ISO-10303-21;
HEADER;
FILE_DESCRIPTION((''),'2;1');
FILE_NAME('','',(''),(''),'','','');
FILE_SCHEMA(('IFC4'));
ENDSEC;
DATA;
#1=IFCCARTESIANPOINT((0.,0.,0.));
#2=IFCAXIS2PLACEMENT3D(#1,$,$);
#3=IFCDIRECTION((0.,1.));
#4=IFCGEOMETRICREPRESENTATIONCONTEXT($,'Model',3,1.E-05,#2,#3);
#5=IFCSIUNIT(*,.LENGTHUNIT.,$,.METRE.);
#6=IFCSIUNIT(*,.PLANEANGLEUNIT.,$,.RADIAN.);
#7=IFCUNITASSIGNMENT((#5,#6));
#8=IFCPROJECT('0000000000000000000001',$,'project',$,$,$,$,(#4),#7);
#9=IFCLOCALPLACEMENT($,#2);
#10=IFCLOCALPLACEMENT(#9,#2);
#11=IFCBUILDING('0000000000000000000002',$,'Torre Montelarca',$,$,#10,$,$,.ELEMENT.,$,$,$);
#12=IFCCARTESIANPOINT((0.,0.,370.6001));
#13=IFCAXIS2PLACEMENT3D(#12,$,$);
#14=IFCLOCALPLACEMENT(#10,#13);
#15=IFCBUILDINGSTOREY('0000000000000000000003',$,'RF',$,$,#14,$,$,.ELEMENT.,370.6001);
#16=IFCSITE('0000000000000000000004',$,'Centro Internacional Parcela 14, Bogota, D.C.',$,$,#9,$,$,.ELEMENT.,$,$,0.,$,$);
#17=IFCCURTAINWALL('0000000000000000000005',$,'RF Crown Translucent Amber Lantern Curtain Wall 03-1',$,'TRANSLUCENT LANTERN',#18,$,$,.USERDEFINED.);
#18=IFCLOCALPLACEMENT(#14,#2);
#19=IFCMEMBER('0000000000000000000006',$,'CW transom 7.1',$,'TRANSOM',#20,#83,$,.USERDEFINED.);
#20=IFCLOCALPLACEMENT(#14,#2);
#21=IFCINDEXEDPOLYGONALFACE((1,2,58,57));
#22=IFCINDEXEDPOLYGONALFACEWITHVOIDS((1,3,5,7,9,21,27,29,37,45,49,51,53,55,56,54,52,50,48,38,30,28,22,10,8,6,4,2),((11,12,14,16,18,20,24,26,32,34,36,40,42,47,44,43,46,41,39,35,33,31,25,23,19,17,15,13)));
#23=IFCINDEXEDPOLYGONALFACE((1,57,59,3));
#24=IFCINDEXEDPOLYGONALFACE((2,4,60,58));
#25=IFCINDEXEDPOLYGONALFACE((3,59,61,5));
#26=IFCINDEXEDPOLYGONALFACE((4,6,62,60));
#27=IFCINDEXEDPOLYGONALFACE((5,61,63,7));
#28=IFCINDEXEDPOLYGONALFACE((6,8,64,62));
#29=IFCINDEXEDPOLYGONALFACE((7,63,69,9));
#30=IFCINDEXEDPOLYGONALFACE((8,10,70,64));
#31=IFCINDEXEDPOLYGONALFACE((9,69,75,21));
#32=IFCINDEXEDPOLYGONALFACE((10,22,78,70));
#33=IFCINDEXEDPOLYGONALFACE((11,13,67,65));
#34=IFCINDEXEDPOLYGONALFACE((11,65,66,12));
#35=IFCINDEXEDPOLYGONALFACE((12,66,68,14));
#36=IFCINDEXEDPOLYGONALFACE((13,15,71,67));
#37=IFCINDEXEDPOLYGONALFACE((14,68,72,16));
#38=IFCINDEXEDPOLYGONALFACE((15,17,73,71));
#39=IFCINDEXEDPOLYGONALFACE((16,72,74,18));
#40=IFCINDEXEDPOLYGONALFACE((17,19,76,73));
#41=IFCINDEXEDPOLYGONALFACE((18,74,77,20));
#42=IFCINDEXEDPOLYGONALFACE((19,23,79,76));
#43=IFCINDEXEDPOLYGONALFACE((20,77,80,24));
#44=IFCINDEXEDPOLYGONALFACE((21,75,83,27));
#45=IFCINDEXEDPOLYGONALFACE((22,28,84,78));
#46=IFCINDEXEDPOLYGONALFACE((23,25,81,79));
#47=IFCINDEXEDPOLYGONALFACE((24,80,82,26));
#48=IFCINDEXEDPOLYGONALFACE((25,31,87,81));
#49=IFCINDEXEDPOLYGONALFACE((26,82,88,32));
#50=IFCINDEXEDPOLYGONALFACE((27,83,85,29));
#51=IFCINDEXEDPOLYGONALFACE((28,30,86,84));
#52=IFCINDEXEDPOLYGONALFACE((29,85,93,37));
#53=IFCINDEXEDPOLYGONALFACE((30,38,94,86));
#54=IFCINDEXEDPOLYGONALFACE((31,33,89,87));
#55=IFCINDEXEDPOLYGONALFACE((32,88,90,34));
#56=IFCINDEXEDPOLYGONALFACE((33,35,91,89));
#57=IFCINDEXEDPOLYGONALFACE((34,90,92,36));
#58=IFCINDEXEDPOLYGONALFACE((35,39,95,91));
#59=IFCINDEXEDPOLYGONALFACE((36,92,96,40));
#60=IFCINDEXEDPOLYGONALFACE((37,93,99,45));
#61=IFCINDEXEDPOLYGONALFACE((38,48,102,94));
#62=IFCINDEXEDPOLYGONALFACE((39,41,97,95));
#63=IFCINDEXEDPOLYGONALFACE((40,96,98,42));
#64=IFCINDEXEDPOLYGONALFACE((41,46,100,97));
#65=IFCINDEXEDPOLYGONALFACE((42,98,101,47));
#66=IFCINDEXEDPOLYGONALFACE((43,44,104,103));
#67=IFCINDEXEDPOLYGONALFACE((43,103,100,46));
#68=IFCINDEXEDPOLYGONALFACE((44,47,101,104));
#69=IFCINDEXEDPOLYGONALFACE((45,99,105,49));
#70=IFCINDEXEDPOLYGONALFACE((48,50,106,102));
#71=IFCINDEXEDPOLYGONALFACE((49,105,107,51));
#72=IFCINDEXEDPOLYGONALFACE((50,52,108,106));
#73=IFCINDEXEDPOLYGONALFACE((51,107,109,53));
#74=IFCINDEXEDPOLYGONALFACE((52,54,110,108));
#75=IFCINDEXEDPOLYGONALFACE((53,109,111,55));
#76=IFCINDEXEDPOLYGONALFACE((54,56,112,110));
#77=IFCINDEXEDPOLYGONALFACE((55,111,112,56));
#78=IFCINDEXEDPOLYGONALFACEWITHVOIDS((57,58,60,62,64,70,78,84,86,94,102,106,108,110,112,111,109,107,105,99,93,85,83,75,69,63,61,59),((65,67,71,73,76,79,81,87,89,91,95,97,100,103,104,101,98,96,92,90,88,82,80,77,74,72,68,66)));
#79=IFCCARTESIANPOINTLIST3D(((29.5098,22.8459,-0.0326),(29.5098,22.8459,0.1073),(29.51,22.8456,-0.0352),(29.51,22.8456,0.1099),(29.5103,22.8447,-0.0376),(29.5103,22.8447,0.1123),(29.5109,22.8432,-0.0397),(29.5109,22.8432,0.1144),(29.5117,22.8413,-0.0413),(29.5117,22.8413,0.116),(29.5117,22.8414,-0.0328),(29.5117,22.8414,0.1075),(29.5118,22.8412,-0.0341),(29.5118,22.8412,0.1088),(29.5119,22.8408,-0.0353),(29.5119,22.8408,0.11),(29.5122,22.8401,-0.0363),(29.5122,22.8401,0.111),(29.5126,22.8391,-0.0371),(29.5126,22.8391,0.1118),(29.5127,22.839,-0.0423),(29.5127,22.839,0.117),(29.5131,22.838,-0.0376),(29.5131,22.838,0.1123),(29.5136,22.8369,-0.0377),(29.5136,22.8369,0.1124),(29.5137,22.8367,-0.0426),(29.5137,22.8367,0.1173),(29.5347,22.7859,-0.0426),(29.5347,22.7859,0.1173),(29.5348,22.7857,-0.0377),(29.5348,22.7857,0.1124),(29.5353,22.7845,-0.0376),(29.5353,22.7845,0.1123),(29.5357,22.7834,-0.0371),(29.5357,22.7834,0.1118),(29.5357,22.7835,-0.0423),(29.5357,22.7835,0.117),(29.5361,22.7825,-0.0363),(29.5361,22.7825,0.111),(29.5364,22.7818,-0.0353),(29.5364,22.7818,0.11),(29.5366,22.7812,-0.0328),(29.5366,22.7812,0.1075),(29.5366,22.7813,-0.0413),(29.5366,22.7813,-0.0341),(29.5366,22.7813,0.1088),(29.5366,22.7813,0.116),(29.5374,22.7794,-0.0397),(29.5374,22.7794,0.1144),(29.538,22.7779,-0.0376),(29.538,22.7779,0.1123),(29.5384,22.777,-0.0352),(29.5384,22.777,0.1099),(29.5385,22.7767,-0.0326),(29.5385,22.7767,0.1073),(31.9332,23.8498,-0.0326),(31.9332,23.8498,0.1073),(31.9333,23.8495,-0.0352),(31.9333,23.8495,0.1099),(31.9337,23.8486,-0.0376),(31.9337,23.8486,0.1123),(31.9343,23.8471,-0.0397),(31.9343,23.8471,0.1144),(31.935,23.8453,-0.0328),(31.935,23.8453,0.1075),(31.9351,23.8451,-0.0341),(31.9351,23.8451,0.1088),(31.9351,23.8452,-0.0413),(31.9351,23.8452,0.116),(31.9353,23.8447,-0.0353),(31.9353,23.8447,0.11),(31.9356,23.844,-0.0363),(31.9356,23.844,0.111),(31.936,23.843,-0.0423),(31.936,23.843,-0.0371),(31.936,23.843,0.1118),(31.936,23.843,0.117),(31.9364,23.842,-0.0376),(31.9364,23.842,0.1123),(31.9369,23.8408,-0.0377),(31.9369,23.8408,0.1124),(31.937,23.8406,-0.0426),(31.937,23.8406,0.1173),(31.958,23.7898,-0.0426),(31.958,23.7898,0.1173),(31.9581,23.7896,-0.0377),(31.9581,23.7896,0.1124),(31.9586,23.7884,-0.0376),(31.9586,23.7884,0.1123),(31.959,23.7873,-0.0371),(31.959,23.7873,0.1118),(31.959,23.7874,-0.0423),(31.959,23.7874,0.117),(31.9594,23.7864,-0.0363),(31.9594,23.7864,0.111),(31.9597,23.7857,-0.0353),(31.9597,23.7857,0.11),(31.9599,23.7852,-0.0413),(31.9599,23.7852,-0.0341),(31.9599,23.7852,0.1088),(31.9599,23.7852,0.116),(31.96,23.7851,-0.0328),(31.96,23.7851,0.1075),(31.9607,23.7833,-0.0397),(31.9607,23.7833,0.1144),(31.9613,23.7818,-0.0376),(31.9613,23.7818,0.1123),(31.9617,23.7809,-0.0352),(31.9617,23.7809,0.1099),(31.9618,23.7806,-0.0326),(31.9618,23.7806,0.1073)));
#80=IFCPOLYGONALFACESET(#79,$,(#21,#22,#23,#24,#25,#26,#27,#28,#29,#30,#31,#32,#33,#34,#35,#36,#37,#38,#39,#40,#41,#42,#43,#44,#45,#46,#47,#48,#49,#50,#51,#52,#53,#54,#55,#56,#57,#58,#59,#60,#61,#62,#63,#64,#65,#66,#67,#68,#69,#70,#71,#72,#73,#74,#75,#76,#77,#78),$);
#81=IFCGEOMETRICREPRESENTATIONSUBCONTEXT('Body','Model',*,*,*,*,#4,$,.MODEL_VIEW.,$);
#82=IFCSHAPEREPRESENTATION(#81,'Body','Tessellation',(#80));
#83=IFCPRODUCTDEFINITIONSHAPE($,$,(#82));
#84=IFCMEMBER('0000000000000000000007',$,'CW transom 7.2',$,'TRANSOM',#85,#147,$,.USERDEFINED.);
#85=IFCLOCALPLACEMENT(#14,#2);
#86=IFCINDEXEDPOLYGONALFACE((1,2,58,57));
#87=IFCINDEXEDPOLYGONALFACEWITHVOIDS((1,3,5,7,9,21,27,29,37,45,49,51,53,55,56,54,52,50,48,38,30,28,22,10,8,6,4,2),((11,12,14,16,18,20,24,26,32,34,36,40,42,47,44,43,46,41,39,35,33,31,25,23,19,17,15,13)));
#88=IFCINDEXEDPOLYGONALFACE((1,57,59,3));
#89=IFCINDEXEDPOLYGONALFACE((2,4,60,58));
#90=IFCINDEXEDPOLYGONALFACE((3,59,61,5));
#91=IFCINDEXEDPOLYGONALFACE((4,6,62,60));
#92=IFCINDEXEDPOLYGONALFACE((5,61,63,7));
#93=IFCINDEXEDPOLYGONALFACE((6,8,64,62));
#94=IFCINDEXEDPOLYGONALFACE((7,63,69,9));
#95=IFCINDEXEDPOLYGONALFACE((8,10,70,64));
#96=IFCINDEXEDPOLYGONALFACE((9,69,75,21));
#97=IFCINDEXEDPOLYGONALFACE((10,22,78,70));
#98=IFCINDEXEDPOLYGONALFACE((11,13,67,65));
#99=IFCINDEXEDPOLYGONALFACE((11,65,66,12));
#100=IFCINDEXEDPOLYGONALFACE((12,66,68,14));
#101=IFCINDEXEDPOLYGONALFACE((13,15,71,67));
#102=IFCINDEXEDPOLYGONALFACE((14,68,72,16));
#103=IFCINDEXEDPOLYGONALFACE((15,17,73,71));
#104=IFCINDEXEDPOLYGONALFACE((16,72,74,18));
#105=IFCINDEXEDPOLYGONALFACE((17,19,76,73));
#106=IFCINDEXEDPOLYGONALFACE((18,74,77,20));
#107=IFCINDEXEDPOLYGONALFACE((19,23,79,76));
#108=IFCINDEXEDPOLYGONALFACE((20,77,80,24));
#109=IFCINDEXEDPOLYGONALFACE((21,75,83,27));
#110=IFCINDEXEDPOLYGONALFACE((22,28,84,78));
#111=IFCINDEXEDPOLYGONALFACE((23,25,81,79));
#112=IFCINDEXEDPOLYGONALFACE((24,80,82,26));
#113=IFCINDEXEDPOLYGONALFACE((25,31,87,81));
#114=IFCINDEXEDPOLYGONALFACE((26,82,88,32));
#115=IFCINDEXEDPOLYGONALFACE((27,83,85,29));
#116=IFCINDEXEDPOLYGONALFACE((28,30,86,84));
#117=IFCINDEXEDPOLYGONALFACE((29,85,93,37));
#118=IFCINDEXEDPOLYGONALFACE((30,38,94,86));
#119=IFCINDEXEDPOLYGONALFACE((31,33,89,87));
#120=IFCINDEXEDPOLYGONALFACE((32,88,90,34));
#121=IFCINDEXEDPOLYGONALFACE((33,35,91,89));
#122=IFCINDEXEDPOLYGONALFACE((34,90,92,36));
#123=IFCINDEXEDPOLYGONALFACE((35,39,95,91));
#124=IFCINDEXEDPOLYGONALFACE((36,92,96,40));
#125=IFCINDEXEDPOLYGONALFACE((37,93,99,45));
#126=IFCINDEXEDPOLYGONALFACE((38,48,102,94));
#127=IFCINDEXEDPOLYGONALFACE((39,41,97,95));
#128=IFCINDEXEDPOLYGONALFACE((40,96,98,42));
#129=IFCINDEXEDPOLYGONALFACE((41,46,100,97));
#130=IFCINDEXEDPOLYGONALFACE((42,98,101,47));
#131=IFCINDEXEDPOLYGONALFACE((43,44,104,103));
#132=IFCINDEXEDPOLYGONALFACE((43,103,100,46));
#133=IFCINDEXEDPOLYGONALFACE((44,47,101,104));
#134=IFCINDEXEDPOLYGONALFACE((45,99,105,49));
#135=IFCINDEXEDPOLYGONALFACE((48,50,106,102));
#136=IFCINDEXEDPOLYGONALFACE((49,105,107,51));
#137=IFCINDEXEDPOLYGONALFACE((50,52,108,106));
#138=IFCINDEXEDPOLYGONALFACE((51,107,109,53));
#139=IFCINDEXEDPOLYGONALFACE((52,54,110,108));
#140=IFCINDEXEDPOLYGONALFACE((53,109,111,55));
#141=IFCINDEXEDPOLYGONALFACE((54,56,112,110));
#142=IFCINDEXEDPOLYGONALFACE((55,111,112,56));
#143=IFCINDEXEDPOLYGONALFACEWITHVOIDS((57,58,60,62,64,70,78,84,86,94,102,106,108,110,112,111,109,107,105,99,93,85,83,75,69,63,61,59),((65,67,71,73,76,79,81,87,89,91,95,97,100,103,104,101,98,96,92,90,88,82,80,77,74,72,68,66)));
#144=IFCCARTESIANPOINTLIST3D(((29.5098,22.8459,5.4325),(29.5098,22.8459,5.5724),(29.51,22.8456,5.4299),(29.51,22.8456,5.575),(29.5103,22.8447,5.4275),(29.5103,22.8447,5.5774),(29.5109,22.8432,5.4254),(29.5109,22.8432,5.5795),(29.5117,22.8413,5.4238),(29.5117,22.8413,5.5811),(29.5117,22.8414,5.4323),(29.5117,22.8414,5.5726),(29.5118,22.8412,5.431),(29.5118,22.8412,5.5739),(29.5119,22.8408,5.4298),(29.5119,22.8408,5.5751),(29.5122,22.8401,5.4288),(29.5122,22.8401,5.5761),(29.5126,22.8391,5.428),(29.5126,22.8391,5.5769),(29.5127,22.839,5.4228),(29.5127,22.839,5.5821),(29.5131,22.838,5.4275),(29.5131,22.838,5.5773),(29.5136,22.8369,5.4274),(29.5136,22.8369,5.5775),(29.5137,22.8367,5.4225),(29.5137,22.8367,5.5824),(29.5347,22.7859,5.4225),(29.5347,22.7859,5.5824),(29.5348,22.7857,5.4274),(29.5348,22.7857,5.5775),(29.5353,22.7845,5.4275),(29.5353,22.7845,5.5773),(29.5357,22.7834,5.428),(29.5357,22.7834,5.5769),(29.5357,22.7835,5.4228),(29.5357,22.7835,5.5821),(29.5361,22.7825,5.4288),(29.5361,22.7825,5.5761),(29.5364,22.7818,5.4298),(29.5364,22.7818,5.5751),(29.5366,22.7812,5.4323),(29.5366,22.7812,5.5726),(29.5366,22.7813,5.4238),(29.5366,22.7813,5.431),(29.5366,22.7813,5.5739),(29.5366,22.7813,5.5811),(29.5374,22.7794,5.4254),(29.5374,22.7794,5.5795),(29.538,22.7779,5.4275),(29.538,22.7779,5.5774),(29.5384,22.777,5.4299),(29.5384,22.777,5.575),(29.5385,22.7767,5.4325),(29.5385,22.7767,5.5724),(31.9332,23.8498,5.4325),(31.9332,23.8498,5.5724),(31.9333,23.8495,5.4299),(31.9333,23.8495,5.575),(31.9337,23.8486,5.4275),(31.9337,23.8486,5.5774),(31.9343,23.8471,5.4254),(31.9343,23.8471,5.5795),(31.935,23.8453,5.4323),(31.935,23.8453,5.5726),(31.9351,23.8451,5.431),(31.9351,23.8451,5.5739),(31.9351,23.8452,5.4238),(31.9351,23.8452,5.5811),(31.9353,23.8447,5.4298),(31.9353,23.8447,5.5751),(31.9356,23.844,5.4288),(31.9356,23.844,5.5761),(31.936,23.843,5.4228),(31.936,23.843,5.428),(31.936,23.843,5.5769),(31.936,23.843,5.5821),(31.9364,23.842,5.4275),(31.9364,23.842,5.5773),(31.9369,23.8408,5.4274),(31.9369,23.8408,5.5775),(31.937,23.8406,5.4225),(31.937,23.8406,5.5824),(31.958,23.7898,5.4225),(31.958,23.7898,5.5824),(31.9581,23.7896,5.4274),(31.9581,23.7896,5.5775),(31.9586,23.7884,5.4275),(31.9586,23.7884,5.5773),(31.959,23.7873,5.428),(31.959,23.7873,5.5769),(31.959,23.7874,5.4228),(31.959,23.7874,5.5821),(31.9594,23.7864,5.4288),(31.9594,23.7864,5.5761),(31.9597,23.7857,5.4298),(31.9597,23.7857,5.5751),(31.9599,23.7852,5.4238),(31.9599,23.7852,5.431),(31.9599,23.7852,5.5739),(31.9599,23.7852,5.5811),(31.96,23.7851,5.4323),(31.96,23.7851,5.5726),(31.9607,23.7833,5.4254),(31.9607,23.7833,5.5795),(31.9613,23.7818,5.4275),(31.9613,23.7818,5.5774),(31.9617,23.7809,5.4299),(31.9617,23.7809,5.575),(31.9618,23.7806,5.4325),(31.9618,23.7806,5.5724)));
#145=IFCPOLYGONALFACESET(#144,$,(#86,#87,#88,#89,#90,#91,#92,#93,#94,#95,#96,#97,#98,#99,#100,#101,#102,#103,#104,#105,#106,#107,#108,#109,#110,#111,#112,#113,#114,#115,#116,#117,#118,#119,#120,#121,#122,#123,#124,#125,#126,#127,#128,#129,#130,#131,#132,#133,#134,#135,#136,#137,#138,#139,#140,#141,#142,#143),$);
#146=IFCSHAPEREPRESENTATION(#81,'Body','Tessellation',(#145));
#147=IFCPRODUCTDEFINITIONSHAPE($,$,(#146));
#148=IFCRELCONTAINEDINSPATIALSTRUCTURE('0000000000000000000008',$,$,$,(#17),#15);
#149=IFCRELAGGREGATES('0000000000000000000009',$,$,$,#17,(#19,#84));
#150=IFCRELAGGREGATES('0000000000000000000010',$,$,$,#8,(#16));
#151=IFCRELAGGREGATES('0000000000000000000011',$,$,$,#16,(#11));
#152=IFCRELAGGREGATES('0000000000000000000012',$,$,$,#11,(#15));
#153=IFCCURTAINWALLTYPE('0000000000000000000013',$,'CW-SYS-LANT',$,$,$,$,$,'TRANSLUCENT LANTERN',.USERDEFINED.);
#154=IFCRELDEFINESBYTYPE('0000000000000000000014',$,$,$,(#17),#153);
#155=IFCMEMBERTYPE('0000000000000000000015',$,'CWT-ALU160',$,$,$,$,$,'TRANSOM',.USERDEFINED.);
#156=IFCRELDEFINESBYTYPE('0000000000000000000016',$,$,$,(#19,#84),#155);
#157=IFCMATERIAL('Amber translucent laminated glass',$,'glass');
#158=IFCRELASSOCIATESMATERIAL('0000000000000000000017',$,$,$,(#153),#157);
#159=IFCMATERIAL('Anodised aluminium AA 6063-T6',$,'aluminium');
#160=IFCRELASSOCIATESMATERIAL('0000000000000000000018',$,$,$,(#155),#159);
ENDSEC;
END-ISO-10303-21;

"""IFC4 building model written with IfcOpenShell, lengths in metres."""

from ifc_helpers import new_model, si_unit, direction, frame, origin, origin_2d, place, context, subcontext, project, spatial, hollow_rectangle, extrude, source, transform, mapped, material, material_profile, profile_set, type_object, element, aggregate, save


model = new_model("IFC4")

# Units and contexts
model_context = context("Model", 3, precision=1e-05, world=origin(), true_north=direction((0.0, 1.0)))
body_context = subcontext(model_context, "Body", "Model", "MODEL_VIEW")
ifc_project = project(units=[si_unit("LENGTHUNIT", "METRE"), si_unit("PLANEANGLEUNIT", "RADIAN")], contexts=[model_context])

# Site, building, storey
site_placement = place(None, origin())
site = spatial("IfcSite", under=ifc_project, at=site_placement, Name="Centro Internacional Parcela 14, Bogota, D.C.", CompositionType="ELEMENT", RefElevation=0.0)
building_placement = place(site_placement, origin())
building = spatial("IfcBuilding", under=site, at=building_placement, Name="Torre Montelarca", CompositionType="ELEMENT")
storey_placement = place(building_placement, frame((0.0, 0.0, 370.6001)))
storey = spatial("IfcBuildingStorey", under=building, at=storey_placement, Name="RF", CompositionType="ELEMENT", Elevation=370.6001)

# Curtain wall
ifc_material_1 = material(Name="Amber translucent laminated glass", Category="glass")
curtain_wall_type = type_object("IfcCurtainWallType", Name="CW-SYS-LANT", ElementType="TRANSLUCENT LANTERN", PredefinedType="USERDEFINED", material=ifc_material_1)
curtain_wall_1_placement = place(storey_placement, origin())
curtain_wall_1 = element("IfcCurtainWall", 1, at=curtain_wall_1_placement, inside=storey, type_object=curtain_wall_type, Name="RF Crown Translucent Amber Lantern Curtain Wall 03-1", ObjectType="TRANSLUCENT LANTERN", PredefinedType="USERDEFINED")
ifc_material_2 = material(Name="Anodised aluminium AA 6063-T6", Category="aluminium")
ifc_material_profile_1 = material_profile(ifc_material_2, hollow_rectangle(XDim=0.075, YDim=0.1599, WallThickness=0.0049, InnerFilletRadius=0.0049, OuterFilletRadius=0.01, at=origin_2d()), Name="ALU75X160X5", Category="aluminium")
ifc_profile_set_1 = profile_set([ifc_material_profile_1], Name="Anodised aluminium AA 6063-T6")
member_type_1 = type_object("IfcMemberType", Name="CWT-ALU160", ElementType="TRANSOM", PredefinedType="USERDEFINED", material=ifc_profile_set_1)

# Members
shared_shape_1 = source(origin(), body_context, "Body", "SweptSolid", [
    extrude(hollow_rectangle(XDim=0.075, YDim=0.1599, WallThickness=0.0049, InnerFilletRadius=0.0049, OuterFilletRadius=0.01, at=origin_2d()), origin(), (0.0, 0.0, 1.0), 2.623),
])
member_1_placement = place(storey_placement, frame((29.5242, 22.8113, 0.0374), z_axis=(0.923863, 0.382724, 0.0), x_axis=(-0.382724, 0.923863, 0.0)))
member_1 = element("IfcMember", 2, at=member_1_placement, type_object=member_type_1, Name="CW transom 7.1", ObjectType="TRANSOM", PredefinedType="USERDEFINED", context=body_context, shape_type="MappedRepresentation", body=[
    mapped(shared_shape_1, transform((0.0, 0.0, 0.0), scale=1.0)),
])
member_2_placement = place(storey_placement, frame((29.5242, 22.8113, 5.5024), z_axis=(0.923863, 0.382724, 0.0), x_axis=(-0.382724, 0.923863, 0.0)))
member_2 = element("IfcMember", 3, at=member_2_placement, type_object=member_type_1, Name="CW transom 7.2", ObjectType="TRANSOM", PredefinedType="USERDEFINED", context=body_context, shape_type="MappedRepresentation", body=[
    mapped(shared_shape_1, transform((0.0, 0.0, 0.0), scale=1.0)),
])

aggregate(curtain_wall_1, [member_1, member_2])

save(model, "model.ifc")
